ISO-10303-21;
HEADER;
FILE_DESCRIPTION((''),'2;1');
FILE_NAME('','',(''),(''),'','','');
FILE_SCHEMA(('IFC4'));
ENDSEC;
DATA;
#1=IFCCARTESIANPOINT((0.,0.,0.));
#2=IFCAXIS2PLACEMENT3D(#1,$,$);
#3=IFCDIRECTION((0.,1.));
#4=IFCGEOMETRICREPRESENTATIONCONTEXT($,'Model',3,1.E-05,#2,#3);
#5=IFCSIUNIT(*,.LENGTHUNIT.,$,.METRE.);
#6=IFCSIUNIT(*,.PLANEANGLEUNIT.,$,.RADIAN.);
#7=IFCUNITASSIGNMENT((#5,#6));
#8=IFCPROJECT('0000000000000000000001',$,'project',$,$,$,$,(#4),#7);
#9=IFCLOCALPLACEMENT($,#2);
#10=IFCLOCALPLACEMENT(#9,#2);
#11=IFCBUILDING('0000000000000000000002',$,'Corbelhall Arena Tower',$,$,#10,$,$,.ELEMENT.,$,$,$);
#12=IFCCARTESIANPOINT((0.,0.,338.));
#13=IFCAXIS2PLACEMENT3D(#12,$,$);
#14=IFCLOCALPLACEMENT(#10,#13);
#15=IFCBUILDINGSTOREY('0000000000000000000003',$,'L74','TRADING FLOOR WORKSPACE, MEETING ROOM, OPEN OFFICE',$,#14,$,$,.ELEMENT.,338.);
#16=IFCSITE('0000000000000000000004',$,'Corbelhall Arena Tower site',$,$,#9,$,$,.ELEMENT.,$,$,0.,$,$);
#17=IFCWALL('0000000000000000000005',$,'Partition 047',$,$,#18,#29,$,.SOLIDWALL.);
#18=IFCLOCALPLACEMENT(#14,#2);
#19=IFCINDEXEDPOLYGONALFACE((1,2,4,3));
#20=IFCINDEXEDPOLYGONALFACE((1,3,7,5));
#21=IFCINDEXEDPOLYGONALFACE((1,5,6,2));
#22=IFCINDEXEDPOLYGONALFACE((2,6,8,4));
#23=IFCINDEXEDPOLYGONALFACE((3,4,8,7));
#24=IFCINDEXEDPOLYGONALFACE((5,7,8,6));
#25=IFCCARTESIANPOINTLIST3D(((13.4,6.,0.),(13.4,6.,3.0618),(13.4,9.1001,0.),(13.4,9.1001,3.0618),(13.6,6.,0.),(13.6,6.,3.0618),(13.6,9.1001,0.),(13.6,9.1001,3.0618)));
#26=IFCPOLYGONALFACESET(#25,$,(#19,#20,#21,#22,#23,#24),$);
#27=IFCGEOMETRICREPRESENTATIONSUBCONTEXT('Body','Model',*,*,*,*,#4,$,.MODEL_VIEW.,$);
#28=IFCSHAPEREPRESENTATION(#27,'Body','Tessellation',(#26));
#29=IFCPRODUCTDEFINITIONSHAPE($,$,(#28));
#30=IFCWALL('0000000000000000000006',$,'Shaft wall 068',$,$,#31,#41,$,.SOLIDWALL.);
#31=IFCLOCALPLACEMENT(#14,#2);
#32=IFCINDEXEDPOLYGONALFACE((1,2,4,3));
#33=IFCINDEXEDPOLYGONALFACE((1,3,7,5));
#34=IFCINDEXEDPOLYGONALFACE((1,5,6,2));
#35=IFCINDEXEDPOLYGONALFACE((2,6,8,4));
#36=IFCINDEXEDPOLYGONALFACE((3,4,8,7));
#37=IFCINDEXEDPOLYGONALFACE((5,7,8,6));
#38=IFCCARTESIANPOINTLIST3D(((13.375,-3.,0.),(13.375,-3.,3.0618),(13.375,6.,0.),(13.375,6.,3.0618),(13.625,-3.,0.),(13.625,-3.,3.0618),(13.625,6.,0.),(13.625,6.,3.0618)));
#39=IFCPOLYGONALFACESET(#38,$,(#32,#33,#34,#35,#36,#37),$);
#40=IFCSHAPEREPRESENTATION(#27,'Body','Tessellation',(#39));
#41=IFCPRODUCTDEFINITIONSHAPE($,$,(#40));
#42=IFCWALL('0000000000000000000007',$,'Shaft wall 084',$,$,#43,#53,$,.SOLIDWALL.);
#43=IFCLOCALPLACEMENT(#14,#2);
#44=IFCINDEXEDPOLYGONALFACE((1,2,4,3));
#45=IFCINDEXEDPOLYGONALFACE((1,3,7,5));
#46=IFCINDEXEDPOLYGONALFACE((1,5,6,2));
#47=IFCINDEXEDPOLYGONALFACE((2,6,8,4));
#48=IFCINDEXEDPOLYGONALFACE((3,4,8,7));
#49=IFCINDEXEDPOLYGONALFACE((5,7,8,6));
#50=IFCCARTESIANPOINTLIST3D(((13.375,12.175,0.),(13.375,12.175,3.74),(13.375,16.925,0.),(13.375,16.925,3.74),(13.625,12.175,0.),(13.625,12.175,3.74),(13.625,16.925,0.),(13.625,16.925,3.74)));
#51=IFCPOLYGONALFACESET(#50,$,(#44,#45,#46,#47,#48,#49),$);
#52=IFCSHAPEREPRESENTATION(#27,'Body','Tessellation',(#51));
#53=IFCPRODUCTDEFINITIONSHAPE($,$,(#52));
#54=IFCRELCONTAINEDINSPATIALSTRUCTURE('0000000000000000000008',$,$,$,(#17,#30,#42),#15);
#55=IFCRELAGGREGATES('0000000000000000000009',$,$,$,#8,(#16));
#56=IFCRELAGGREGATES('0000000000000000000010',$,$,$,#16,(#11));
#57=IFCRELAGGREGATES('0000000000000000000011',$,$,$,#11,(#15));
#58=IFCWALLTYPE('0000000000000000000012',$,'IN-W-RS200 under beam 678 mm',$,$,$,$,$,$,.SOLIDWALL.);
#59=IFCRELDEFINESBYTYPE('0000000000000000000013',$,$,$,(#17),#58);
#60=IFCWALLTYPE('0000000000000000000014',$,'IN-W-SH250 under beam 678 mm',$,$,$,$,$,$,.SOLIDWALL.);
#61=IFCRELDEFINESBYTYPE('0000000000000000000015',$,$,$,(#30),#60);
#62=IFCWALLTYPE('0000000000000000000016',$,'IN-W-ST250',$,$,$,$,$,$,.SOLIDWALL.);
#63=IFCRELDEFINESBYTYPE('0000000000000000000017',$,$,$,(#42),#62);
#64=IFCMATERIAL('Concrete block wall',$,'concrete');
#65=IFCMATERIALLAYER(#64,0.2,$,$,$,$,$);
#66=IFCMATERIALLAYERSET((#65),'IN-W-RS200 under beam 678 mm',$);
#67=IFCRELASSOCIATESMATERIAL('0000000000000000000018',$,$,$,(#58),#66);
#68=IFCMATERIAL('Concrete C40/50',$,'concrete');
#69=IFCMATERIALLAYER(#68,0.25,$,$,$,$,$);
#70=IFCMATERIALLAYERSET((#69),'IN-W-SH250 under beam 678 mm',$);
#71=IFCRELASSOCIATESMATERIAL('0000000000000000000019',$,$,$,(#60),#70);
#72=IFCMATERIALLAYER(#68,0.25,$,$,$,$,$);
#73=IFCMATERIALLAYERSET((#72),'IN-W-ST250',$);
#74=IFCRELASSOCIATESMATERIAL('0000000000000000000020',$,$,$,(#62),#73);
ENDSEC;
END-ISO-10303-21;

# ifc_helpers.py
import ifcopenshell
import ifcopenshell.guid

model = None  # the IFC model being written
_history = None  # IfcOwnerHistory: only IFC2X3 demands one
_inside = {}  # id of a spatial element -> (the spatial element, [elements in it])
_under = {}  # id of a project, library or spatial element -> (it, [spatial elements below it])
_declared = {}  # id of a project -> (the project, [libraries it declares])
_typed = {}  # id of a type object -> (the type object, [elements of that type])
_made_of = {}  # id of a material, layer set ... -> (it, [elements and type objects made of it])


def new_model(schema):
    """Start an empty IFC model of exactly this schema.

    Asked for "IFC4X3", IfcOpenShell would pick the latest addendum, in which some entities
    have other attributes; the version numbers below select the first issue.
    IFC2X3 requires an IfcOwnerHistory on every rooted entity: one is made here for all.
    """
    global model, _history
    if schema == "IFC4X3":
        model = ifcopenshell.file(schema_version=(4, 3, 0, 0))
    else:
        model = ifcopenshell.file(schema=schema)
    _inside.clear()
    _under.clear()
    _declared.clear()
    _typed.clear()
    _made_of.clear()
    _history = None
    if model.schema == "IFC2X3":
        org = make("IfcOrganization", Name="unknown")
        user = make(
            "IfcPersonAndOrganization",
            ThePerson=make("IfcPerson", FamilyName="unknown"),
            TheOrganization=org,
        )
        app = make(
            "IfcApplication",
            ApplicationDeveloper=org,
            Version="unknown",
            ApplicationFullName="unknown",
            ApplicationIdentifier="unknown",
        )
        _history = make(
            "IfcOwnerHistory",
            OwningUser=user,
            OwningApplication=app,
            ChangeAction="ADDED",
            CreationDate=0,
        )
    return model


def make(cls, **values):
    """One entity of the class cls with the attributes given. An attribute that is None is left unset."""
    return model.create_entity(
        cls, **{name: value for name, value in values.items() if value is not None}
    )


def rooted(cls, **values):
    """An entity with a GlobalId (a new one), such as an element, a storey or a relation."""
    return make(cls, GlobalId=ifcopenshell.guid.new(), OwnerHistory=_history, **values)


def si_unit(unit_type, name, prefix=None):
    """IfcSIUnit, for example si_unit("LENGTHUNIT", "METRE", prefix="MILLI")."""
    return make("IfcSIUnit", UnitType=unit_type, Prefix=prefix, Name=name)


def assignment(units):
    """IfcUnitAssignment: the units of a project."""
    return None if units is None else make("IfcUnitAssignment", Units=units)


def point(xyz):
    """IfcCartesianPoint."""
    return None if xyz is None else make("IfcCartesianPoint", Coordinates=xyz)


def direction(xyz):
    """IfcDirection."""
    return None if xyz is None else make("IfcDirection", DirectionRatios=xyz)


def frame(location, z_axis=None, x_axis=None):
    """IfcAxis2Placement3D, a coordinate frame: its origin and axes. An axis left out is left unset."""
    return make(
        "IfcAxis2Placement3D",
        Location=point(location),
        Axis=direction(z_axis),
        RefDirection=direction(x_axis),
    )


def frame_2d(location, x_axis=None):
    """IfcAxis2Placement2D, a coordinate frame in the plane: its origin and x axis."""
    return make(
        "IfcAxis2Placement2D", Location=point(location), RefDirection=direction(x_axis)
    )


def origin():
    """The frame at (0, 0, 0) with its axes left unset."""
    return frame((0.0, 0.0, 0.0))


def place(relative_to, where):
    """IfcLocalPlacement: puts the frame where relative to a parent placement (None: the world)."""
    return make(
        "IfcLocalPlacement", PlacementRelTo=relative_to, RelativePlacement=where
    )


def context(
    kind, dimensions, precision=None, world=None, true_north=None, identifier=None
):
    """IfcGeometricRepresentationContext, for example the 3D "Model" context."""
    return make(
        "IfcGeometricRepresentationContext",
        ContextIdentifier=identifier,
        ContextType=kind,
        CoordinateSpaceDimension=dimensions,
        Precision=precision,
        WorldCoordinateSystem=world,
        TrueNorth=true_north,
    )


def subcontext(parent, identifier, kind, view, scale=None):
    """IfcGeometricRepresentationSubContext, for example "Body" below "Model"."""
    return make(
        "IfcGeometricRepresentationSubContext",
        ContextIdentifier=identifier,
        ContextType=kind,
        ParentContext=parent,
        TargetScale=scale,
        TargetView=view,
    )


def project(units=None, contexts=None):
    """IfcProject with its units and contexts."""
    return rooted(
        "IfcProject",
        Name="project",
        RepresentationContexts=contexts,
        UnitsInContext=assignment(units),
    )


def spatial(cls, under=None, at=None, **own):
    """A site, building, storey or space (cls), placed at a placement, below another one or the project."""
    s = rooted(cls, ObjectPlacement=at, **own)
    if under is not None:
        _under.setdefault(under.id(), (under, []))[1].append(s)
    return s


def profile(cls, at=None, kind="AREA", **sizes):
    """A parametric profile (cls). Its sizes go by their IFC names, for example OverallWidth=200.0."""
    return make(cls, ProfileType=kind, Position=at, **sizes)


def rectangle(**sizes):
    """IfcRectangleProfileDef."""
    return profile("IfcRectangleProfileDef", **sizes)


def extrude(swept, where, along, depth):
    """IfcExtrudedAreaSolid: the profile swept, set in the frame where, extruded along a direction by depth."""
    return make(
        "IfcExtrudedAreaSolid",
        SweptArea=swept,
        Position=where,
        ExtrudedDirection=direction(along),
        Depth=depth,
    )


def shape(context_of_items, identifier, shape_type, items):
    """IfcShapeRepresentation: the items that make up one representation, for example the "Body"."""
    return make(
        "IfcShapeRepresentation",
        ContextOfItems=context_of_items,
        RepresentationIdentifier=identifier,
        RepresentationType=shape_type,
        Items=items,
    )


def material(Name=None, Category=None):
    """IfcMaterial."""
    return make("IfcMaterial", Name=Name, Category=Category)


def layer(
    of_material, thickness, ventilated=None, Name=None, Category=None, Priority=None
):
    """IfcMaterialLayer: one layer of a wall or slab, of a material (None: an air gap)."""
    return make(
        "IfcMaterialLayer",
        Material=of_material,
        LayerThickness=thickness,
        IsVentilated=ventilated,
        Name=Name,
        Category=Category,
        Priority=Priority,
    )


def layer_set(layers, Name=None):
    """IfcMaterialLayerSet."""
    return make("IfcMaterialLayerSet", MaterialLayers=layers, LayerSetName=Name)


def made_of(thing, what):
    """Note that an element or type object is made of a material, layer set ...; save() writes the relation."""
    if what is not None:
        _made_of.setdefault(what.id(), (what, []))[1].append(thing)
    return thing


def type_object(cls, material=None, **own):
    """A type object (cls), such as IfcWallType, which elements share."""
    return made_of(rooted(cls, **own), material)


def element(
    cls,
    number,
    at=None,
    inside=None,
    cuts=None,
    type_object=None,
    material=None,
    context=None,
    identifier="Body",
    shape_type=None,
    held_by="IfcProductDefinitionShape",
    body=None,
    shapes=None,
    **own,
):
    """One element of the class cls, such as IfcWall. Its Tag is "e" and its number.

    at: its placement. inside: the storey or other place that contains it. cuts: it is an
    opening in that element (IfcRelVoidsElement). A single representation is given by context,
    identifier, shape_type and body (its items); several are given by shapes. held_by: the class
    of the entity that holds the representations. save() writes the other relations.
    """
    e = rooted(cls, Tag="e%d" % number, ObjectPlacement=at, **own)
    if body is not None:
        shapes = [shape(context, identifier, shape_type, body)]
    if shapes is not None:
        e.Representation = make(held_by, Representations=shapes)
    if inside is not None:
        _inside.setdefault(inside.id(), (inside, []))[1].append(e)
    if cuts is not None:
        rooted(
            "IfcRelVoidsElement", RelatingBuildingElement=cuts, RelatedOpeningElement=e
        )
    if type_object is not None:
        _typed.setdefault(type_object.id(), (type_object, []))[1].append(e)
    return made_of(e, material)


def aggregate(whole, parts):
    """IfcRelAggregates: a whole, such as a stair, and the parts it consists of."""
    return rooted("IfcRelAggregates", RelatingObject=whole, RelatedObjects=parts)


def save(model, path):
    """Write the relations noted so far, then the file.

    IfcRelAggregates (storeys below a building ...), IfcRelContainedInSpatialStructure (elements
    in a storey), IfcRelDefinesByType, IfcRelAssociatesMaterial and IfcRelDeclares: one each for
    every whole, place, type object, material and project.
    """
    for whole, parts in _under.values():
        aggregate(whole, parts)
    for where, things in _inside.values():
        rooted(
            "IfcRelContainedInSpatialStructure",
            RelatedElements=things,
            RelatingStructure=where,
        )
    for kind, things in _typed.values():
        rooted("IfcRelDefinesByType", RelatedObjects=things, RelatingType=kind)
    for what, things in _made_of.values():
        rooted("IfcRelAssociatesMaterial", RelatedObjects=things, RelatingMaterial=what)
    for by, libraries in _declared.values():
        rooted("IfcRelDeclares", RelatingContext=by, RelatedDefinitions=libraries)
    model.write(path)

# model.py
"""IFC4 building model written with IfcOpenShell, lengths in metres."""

from ifc_helpers import new_model, si_unit, direction, frame, frame_2d, origin, place, context, subcontext, project, spatial, rectangle, extrude, material, layer, layer_set, type_object, element, save


model = new_model("IFC4")

# Units and contexts
model_context = context("Model", 3, precision=1e-05, world=origin(), true_north=direction((0.0, 1.0)))
body_context = subcontext(model_context, "Body", "Model", "MODEL_VIEW")
ifc_project = project(units=[si_unit("LENGTHUNIT", "METRE"), si_unit("PLANEANGLEUNIT", "RADIAN")], contexts=[model_context])

# Site, building, storey
site_placement = place(None, origin())
site = spatial("IfcSite", under=ifc_project, at=site_placement, Name="Corbelhall Arena Tower site", CompositionType="ELEMENT", RefElevation=0.0)
building_placement = place(site_placement, origin())
building = spatial("IfcBuilding", under=site, at=building_placement, Name="Corbelhall Arena Tower", CompositionType="ELEMENT")
storey_placement = place(building_placement, frame((0.0, 0.0, 338.0)))
storey = spatial("IfcBuildingStorey", under=building, at=storey_placement, Name="L74", Description="TRADING FLOOR WORKSPACE, MEETING ROOM, OPEN OFFICE", CompositionType="ELEMENT", Elevation=338.0)

# Walls
ifc_material_1 = material(Name="Concrete block wall", Category="concrete")
ifc_layer_1 = layer(ifc_material_1, 0.2)
ifc_layer_set_1 = layer_set([ifc_layer_1], Name="IN-W-RS200 under beam 678 mm")
wall_type_1 = type_object("IfcWallType", Name="IN-W-RS200 under beam 678 mm", PredefinedType="SOLIDWALL", material=ifc_layer_set_1)
wall_1_placement = place(storey_placement, frame((13.5, 9.1001, 0.0), z_axis=(0.0, 0.0, 1.0), x_axis=(0.0, -1.0, 0.0)))
element("IfcWall", 1, at=wall_1_placement, inside=storey, type_object=wall_type_1, Name="Partition 047", PredefinedType="SOLIDWALL", context=body_context, shape_type="SweptSolid", body=[
    extrude(rectangle(XDim=3.1001, YDim=0.2, at=frame_2d((1.55, 0.0))), origin(), (0.0, 0.0, 1.0), 3.0618),
])
ifc_material_2 = material(Name="Concrete C40/50", Category="concrete")
ifc_layer_2 = layer(ifc_material_2, 0.25)
ifc_layer_set_2 = layer_set([ifc_layer_2], Name="IN-W-SH250 under beam 678 mm")
wall_type_2 = type_object("IfcWallType", Name="IN-W-SH250 under beam 678 mm", PredefinedType="SOLIDWALL", material=ifc_layer_set_2)
wall_2_placement = place(storey_placement, frame((13.5, 6.0, 0.0), z_axis=(0.0, 0.0, 1.0), x_axis=(0.0, -1.0, 0.0)))
element("IfcWall", 2, at=wall_2_placement, inside=storey, type_object=wall_type_2, Name="Shaft wall 068", PredefinedType="SOLIDWALL", context=body_context, shape_type="SweptSolid", body=[
    extrude(rectangle(XDim=9.0, YDim=0.25, at=frame_2d((4.5, 0.0))), origin(), (0.0, 0.0, 1.0), 3.0618),
])
ifc_layer_3 = layer(ifc_material_2, 0.25)
ifc_layer_set_3 = layer_set([ifc_layer_3], Name="IN-W-ST250")
wall_type_3 = type_object("IfcWallType", Name="IN-W-ST250", PredefinedType="SOLIDWALL", material=ifc_layer_set_3)
wall_3_placement = place(storey_placement, frame((13.5, 12.175, 0.0), z_axis=(0.0, 0.0, 1.0), x_axis=(0.0, 1.0, 0.0)))
element("IfcWall", 3, at=wall_3_placement, inside=storey, type_object=wall_type_3, Name="Shaft wall 084", PredefinedType="SOLIDWALL", context=body_context, shape_type="SweptSolid", body=[
    extrude(rectangle(XDim=4.75, YDim=0.25, at=frame_2d((2.375, 0.0))), origin(), (0.0, 0.0, 1.0), 3.74),
])

save(model, "model.ifc")
